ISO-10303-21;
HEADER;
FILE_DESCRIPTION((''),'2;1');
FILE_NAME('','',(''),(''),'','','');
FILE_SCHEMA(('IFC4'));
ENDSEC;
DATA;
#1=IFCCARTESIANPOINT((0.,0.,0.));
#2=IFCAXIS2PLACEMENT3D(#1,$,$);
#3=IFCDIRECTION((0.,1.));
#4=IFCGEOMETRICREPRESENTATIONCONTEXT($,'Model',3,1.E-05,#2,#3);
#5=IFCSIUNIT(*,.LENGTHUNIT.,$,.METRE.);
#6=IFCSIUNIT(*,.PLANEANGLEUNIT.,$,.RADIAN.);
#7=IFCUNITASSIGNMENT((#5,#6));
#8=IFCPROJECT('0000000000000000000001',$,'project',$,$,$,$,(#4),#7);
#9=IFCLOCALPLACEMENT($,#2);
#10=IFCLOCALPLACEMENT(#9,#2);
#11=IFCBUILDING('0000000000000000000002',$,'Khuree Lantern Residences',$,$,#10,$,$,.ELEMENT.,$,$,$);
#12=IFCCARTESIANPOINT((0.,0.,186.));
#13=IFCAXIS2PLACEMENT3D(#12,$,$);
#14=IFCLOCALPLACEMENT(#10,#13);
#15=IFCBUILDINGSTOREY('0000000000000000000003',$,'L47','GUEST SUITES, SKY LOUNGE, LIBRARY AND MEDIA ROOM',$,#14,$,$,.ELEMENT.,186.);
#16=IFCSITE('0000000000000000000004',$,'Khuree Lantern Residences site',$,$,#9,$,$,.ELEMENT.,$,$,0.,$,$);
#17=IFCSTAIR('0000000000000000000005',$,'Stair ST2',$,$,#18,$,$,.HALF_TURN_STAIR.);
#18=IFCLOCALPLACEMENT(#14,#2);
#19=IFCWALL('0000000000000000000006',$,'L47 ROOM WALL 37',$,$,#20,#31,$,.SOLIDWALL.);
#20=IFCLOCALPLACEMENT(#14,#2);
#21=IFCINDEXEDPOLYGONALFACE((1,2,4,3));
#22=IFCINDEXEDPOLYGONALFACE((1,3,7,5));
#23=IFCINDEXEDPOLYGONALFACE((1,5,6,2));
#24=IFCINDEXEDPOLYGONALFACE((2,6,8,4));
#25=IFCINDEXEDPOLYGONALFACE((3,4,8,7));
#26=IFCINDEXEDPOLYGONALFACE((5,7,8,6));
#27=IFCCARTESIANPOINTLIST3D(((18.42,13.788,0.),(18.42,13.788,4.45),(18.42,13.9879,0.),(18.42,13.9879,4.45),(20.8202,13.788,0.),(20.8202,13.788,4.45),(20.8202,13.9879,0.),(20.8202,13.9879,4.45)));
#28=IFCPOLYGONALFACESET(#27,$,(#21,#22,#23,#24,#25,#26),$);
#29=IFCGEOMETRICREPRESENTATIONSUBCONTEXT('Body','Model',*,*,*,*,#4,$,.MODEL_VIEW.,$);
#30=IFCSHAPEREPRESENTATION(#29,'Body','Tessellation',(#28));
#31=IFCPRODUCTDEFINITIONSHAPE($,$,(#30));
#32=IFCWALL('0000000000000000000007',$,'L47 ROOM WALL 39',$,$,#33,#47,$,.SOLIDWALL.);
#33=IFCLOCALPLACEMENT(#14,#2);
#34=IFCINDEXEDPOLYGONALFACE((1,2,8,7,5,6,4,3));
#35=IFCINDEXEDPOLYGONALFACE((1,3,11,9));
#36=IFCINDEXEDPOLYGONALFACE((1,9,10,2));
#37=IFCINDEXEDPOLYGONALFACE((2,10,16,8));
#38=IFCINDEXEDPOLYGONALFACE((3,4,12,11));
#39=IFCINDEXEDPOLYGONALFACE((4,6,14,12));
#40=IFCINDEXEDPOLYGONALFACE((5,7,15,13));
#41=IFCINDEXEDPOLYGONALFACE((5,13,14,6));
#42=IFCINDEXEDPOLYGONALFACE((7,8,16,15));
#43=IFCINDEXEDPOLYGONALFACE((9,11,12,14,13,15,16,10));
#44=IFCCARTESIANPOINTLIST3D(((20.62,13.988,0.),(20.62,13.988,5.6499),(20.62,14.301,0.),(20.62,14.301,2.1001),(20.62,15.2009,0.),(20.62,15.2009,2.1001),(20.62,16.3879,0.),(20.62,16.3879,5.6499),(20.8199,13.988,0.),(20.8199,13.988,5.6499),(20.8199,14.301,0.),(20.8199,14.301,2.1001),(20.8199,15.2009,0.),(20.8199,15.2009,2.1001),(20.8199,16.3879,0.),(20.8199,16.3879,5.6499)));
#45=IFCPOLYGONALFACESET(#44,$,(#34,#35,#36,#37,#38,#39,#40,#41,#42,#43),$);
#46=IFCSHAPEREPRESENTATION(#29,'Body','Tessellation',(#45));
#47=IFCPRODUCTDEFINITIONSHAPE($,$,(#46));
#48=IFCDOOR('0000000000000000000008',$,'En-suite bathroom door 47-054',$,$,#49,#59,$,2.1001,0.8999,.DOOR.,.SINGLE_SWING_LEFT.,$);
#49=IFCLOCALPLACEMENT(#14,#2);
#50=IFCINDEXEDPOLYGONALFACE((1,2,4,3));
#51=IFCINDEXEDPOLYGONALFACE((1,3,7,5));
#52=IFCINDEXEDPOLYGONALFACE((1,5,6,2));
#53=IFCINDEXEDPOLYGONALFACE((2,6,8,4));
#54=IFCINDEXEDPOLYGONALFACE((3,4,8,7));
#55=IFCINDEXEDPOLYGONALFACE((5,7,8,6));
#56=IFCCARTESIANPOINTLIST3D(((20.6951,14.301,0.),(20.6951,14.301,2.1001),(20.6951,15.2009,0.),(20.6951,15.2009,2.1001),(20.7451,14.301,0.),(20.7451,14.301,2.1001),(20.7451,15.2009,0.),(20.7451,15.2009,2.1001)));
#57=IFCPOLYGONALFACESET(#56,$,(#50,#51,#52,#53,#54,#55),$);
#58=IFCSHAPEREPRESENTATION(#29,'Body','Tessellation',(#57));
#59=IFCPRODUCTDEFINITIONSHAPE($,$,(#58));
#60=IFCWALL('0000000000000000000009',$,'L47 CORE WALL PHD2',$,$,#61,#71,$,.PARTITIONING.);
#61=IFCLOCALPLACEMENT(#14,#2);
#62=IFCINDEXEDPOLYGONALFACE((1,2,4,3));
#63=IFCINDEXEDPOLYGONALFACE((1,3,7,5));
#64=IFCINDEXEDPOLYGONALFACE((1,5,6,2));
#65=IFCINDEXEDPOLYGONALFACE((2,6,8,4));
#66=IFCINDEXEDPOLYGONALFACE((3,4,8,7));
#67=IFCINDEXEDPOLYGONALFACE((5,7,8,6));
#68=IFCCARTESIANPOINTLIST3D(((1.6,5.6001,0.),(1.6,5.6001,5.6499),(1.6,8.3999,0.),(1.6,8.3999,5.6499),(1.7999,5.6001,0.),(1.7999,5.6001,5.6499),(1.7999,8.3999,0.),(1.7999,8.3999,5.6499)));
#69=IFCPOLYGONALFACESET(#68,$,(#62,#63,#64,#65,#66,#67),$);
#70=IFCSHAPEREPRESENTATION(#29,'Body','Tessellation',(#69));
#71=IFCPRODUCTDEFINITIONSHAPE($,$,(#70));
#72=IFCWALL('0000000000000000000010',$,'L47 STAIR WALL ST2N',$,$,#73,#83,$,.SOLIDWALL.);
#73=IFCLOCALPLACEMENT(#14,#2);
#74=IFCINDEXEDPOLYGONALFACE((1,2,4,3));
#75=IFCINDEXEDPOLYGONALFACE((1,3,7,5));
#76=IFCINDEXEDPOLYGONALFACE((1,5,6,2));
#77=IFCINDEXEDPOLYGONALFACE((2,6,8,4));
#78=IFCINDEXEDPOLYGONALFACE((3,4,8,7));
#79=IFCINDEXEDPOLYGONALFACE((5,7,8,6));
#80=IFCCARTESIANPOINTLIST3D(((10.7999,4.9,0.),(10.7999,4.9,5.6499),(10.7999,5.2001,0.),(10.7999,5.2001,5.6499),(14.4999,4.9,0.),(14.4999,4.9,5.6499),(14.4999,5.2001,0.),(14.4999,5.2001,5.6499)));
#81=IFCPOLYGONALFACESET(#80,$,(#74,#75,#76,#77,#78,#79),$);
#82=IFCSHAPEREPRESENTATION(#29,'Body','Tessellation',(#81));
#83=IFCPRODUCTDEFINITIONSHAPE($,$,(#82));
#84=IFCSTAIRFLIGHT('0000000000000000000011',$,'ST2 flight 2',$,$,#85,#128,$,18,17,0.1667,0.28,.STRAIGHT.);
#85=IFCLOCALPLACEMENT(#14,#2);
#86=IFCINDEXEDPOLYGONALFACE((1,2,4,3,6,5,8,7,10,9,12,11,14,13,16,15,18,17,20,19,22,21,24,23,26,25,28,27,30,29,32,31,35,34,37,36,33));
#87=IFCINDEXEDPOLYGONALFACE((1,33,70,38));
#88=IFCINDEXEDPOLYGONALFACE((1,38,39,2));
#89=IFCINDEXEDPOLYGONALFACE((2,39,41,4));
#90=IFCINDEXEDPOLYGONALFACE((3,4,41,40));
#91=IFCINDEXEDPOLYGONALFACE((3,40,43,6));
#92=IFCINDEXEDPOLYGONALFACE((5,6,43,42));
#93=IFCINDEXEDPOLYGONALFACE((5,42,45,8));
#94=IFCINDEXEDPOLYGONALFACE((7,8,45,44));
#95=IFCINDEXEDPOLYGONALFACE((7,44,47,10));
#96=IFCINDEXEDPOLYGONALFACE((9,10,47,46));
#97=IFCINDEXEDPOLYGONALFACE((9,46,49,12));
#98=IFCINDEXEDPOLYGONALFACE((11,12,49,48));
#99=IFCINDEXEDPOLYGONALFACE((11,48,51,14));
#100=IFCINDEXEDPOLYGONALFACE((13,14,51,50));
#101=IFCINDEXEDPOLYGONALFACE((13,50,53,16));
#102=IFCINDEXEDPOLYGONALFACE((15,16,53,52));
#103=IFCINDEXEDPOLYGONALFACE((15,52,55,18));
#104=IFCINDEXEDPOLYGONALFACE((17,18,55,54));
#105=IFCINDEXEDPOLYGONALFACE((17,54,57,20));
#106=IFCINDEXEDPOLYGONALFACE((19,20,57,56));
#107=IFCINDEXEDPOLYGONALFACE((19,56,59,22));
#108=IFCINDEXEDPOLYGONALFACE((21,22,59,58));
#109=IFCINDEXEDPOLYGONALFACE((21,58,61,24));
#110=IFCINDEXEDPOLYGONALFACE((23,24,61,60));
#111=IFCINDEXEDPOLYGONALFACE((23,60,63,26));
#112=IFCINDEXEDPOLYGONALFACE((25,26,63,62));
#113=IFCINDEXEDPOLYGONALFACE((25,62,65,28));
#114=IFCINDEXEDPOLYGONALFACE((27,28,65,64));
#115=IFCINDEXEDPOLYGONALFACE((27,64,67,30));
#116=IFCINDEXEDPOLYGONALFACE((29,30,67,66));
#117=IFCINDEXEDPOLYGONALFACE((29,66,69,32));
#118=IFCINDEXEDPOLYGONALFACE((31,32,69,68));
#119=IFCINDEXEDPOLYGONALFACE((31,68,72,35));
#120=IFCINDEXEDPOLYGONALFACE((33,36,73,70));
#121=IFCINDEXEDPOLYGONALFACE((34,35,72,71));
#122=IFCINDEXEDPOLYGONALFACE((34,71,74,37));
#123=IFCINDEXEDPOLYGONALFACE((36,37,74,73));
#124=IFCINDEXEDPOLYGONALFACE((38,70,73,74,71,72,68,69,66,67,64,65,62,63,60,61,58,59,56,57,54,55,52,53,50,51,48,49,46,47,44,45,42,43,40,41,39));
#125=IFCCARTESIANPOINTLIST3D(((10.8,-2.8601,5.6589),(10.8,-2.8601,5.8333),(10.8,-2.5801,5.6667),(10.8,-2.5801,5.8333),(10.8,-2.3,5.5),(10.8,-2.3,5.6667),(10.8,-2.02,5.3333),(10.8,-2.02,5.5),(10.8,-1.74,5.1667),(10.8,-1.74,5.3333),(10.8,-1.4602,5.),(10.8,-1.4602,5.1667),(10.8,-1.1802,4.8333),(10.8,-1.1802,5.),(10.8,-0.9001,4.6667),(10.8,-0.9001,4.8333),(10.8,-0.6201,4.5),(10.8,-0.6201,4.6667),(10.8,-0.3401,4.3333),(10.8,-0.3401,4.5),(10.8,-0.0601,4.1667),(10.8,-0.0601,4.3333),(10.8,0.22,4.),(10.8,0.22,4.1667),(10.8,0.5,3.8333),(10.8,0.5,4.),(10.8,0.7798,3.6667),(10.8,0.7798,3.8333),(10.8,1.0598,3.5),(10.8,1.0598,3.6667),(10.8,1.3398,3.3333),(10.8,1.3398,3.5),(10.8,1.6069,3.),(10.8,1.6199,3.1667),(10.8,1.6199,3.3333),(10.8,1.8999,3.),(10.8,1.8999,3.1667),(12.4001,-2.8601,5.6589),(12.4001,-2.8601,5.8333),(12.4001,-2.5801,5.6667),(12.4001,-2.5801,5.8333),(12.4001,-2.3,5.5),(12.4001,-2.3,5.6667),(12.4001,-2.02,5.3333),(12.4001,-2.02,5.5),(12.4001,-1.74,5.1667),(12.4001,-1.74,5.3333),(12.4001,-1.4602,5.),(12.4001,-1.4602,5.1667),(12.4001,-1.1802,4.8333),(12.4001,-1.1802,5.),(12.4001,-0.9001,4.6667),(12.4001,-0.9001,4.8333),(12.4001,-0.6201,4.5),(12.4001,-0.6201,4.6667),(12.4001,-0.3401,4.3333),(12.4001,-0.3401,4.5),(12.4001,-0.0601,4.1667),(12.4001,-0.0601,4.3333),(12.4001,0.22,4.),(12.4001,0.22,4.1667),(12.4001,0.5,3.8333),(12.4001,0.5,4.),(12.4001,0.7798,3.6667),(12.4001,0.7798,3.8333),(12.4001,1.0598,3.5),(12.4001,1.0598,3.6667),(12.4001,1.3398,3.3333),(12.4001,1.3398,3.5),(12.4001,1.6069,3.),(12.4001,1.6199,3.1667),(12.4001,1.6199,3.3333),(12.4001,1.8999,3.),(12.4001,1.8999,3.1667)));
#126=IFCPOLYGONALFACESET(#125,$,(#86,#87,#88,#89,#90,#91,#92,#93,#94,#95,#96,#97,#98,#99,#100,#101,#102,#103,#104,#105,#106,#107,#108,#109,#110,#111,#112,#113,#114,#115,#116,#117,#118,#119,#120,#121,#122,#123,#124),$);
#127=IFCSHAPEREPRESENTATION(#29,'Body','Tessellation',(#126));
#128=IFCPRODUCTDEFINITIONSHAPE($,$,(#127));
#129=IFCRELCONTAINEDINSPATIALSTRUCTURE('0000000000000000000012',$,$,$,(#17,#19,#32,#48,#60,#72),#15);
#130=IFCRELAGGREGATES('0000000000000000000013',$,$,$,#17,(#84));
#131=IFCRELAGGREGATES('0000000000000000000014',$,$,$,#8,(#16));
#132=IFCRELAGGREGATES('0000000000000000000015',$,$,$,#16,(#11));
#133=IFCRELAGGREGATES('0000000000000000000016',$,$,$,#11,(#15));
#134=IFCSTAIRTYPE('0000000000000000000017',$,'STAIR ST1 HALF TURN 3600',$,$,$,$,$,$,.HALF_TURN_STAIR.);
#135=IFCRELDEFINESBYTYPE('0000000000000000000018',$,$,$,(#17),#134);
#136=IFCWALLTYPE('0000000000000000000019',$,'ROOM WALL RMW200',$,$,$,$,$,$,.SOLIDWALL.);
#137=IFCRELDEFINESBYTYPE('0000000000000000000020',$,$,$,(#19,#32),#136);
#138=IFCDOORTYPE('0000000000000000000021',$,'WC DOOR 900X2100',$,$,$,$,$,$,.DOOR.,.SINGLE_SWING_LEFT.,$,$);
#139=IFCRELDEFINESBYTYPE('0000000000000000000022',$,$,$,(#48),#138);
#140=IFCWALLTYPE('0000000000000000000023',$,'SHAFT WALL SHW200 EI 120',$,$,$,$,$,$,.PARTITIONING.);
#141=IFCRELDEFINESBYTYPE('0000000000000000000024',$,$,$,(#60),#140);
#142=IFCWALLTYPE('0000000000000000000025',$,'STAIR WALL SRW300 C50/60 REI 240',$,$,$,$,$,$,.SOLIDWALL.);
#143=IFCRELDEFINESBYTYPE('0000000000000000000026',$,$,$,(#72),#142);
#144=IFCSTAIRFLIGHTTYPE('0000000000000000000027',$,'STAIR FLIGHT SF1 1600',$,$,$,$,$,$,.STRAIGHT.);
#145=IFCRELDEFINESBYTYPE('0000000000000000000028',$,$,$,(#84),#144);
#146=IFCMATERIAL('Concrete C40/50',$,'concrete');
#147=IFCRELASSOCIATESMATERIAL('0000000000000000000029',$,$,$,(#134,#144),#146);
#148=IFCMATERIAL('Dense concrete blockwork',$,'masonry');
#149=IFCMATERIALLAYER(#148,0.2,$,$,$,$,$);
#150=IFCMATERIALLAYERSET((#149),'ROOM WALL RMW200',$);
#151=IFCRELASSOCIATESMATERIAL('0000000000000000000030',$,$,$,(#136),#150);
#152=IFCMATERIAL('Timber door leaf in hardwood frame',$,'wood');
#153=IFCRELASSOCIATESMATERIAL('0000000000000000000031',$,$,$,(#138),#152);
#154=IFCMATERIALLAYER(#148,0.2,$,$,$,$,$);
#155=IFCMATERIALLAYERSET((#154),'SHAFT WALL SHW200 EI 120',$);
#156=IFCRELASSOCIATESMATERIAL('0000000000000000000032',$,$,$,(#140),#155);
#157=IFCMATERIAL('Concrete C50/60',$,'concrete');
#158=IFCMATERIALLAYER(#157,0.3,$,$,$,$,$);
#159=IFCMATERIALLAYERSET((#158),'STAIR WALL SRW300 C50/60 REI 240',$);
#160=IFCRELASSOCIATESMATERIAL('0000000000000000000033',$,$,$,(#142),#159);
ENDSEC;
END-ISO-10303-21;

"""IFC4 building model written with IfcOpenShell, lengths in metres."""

from ifc_helpers import new_model, si_unit, direction, frame, frame_2d, origin, place, context, subcontext, project, spatial, polyline, rectangle, outline, extrude, material, layer, layer_set, type_object, element, fill, aggregate, save


model = new_model("IFC4")

# Units and contexts
model_context = context("Model", 3, precision=1e-05, world=origin(), true_north=direction((0.0, 1.0)))
body_context = subcontext(model_context, "Body", "Model", "MODEL_VIEW")
ifc_project = project(units=[si_unit("LENGTHUNIT", "METRE"), si_unit("PLANEANGLEUNIT", "RADIAN")], contexts=[model_context])

# Site, building, storey
site_placement = place(None, origin())
site = spatial("IfcSite", under=ifc_project, at=site_placement, Name="Khuree Lantern Residences site", CompositionType="ELEMENT", RefElevation=0.0)
building_placement = place(site_placement, origin())
building = spatial("IfcBuilding", under=site, at=building_placement, Name="Khuree Lantern Residences", CompositionType="ELEMENT")
storey_placement = place(building_placement, frame((0.0, 0.0, 186.0)))
storey = spatial("IfcBuildingStorey", under=building, at=storey_placement, Name="L47", Description="GUEST SUITES, SKY LOUNGE, LIBRARY AND MEDIA ROOM", CompositionType="ELEMENT", Elevation=186.0)

# Stair
ifc_material_1 = material(Name="Concrete C40/50", Category="concrete")
stair_type = type_object("IfcStairType", Name="STAIR ST1 HALF TURN 3600", PredefinedType="HALF_TURN_STAIR", material=ifc_material_1)
stair_placement = place(storey_placement, origin())
stair = element("IfcStair", 1, at=stair_placement, inside=storey, type_object=stair_type, Name="Stair ST2", PredefinedType="HALF_TURN_STAIR")

# Shared definitions
ifc_material_2 = material(Name="Dense concrete blockwork", Category="masonry")

# Shared definitions
ifc_material_3 = material(Name="Timber door leaf in hardwood frame", Category="wood")

# Shared definitions
ifc_layer_1 = layer(ifc_material_2, 0.2)
ifc_layer_set_1 = layer_set([ifc_layer_1], Name="ROOM WALL RMW200")
wall_type_1 = type_object("IfcWallType", Name="ROOM WALL RMW200", PredefinedType="SOLIDWALL", material=ifc_layer_set_1)

# Shared definitions
door_type_1 = type_object("IfcDoorType", Name="WC DOOR 900X2100", OperationType="SINGLE_SWING_LEFT", PredefinedType="DOOR", material=ifc_material_3)

# Wall
wall_1_placement = place(storey_placement, frame((18.4199, 13.8879, 0.0), z_axis=(0.0, 0.0, 1.0), x_axis=(1.0, 0.0, 0.0)))
element("IfcWall", 2, at=wall_1_placement, inside=storey, type_object=wall_type_1, Name="L47 ROOM WALL 37", PredefinedType="SOLIDWALL", context=body_context, shape_type="SweptSolid", body=[
    extrude(rectangle(XDim=2.4001, YDim=0.2, at=frame_2d((1.2002, 0.0))), origin(), (0.0, 0.0, 1.0), 4.45),
])

# Wall, opening, door
wall_2_placement = place(storey_placement, frame((20.72, 13.988, 0.0), z_axis=(0.0, 0.0, 1.0), x_axis=(0.0, 1.0, 0.0)))
wall_2 = element("IfcWall", 3, at=wall_2_placement, inside=storey, type_object=wall_type_1, Name="L47 ROOM WALL 39", PredefinedType="SOLIDWALL", context=body_context, shape_type="SweptSolid", body=[
    extrude(rectangle(XDim=2.3999, YDim=0.2, at=frame_2d((1.2, 0.0))), origin(), (0.0, 0.0, 1.0), 5.6499),
])
opening_1_placement = place(wall_2_placement, frame((0.313, 0.0, 0.0)))
opening_1 = element("IfcOpeningElement", 4, at=opening_1_placement, cuts=wall_2, PredefinedType="OPENING", context=body_context, shape_type="SweptSolid", body=[
    extrude(rectangle(XDim=0.8999, YDim=2.1001, at=frame_2d((0.45, 1.05))), frame((0.0, 0.1099, 0.0), z_axis=(0.0, -1.0, 0.0), x_axis=(1.0, 0.0, 0.0)), (0.0, 0.0, 1.0), 0.22),
])
door_1_placement = place(opening_1_placement, origin())
door_1 = element("IfcDoor", 5, at=door_1_placement, inside=storey, type_object=door_type_1, Name="En-suite bathroom door 47-054", OperationType="SINGLE_SWING_LEFT", OverallHeight=2.1001, OverallWidth=0.8999, PredefinedType="DOOR", context=body_context, shape_type="SweptSolid", body=[
    extrude(rectangle(XDim=0.8999, YDim=2.1001, at=frame_2d((0.45, 1.05))), frame((0.0, 0.0249, 0.0), z_axis=(0.0, -1.0, 0.0), x_axis=(1.0, 0.0, 0.0)), (0.0, 0.0, 1.0), 0.05),
])
fill(opening_1, door_1)

# Walls
ifc_layer_2 = layer(ifc_material_2, 0.2)
ifc_layer_set_2 = layer_set([ifc_layer_2], Name="SHAFT WALL SHW200 EI 120")
wall_type_2 = type_object("IfcWallType", Name="SHAFT WALL SHW200 EI 120", PredefinedType="PARTITIONING", material=ifc_layer_set_2)
wall_3_placement = place(storey_placement, frame((1.7, 5.6001, 0.0), z_axis=(0.0, 0.0, 1.0), x_axis=(0.0, 1.0, 0.0)))
element("IfcWall", 6, at=wall_3_placement, inside=storey, type_object=wall_type_2, Name="L47 CORE WALL PHD2", PredefinedType="PARTITIONING", context=body_context, shape_type="SweptSolid", body=[
    extrude(rectangle(XDim=2.7998, YDim=0.2, at=frame_2d((1.3999, 0.0))), origin(), (0.0, 0.0, 1.0), 5.6499),
])
ifc_material_4 = material(Name="Concrete C50/60", Category="concrete")
ifc_layer_3 = layer(ifc_material_4, 0.3)
ifc_layer_set_3 = layer_set([ifc_layer_3], Name="STAIR WALL SRW300 C50/60 REI 240")
wall_type_3 = type_object("IfcWallType", Name="STAIR WALL SRW300 C50/60 REI 240", PredefinedType="SOLIDWALL", material=ifc_layer_set_3)
wall_4_placement = place(storey_placement, frame((14.5, 5.05, 0.0), z_axis=(0.0, 0.0, 1.0), x_axis=(-1.0, 0.0, 0.0)))
element("IfcWall", 7, at=wall_4_placement, inside=storey, type_object=wall_type_3, Name="L47 STAIR WALL ST2N", PredefinedType="SOLIDWALL", context=body_context, shape_type="SweptSolid", body=[
    extrude(rectangle(XDim=3.7, YDim=0.3, at=frame_2d((1.8501, 0.0))), origin(), (0.0, 0.0, 1.0), 5.6499),
])

# Stair flight
stair_flight_type = type_object("IfcStairFlightType", Name="STAIR FLIGHT SF1 1600", PredefinedType="STRAIGHT", material=ifc_material_1)
stair_flight_placement = place(storey_placement, frame((11.6001, 1.8999, 3.0), z_axis=(0.0, 0.0, 1.0), x_axis=(0.0, -1.0, 0.0)))
stair_flight = element("IfcStairFlight", 8, at=stair_flight_placement, type_object=stair_flight_type, Name="ST2 flight 2", NumberOfRisers=18, NumberOfTreads=17, PredefinedType="STRAIGHT", RiserHeight=0.1667, TreadLength=0.28, context=body_context, shape_type="SweptSolid", body=[
    extrude(outline(polyline([(0.0, 0.0), (0.0, 0.1667), (0.28, 0.1667), (0.28, 0.3333), (0.5601, 0.3333), (0.5601, 0.5), (0.8401, 0.5), (0.8401, 0.6667), (1.1201, 0.6667), (1.1201, 0.8333), (1.3999, 0.8333), (1.3999, 1.0), (1.6799, 1.0), (1.6799, 1.1667), (1.96, 1.1667), (1.96, 1.3333), (2.24, 1.3333), (2.24, 1.5), (2.52, 1.5), (2.52, 1.6667), (2.8, 1.6667), (2.8, 1.8333), (3.0801, 1.8333), (3.0801, 2.0), (3.3601, 2.0), (3.3601, 2.1667), (3.6399, 2.1667), (3.6399, 2.3333), (3.9199, 2.3333), (3.9199, 2.5), (4.2, 2.5), (4.2, 2.6667), (4.48, 2.6667), (4.48, 2.8333), (4.76, 2.8333), (4.76, 3.0), (4.76, 2.6589), (0.293, 0.0), (0.0, 0.0)])), frame((0.0, 0.8, 0.0), z_axis=(0.0, -1.0, 0.0), x_axis=(1.0, 0.0, 0.0)), (0.0, 0.0, 1.0), 1.6001),
])
aggregate(stair, [stair_flight])

save(model, "model.ifc")
